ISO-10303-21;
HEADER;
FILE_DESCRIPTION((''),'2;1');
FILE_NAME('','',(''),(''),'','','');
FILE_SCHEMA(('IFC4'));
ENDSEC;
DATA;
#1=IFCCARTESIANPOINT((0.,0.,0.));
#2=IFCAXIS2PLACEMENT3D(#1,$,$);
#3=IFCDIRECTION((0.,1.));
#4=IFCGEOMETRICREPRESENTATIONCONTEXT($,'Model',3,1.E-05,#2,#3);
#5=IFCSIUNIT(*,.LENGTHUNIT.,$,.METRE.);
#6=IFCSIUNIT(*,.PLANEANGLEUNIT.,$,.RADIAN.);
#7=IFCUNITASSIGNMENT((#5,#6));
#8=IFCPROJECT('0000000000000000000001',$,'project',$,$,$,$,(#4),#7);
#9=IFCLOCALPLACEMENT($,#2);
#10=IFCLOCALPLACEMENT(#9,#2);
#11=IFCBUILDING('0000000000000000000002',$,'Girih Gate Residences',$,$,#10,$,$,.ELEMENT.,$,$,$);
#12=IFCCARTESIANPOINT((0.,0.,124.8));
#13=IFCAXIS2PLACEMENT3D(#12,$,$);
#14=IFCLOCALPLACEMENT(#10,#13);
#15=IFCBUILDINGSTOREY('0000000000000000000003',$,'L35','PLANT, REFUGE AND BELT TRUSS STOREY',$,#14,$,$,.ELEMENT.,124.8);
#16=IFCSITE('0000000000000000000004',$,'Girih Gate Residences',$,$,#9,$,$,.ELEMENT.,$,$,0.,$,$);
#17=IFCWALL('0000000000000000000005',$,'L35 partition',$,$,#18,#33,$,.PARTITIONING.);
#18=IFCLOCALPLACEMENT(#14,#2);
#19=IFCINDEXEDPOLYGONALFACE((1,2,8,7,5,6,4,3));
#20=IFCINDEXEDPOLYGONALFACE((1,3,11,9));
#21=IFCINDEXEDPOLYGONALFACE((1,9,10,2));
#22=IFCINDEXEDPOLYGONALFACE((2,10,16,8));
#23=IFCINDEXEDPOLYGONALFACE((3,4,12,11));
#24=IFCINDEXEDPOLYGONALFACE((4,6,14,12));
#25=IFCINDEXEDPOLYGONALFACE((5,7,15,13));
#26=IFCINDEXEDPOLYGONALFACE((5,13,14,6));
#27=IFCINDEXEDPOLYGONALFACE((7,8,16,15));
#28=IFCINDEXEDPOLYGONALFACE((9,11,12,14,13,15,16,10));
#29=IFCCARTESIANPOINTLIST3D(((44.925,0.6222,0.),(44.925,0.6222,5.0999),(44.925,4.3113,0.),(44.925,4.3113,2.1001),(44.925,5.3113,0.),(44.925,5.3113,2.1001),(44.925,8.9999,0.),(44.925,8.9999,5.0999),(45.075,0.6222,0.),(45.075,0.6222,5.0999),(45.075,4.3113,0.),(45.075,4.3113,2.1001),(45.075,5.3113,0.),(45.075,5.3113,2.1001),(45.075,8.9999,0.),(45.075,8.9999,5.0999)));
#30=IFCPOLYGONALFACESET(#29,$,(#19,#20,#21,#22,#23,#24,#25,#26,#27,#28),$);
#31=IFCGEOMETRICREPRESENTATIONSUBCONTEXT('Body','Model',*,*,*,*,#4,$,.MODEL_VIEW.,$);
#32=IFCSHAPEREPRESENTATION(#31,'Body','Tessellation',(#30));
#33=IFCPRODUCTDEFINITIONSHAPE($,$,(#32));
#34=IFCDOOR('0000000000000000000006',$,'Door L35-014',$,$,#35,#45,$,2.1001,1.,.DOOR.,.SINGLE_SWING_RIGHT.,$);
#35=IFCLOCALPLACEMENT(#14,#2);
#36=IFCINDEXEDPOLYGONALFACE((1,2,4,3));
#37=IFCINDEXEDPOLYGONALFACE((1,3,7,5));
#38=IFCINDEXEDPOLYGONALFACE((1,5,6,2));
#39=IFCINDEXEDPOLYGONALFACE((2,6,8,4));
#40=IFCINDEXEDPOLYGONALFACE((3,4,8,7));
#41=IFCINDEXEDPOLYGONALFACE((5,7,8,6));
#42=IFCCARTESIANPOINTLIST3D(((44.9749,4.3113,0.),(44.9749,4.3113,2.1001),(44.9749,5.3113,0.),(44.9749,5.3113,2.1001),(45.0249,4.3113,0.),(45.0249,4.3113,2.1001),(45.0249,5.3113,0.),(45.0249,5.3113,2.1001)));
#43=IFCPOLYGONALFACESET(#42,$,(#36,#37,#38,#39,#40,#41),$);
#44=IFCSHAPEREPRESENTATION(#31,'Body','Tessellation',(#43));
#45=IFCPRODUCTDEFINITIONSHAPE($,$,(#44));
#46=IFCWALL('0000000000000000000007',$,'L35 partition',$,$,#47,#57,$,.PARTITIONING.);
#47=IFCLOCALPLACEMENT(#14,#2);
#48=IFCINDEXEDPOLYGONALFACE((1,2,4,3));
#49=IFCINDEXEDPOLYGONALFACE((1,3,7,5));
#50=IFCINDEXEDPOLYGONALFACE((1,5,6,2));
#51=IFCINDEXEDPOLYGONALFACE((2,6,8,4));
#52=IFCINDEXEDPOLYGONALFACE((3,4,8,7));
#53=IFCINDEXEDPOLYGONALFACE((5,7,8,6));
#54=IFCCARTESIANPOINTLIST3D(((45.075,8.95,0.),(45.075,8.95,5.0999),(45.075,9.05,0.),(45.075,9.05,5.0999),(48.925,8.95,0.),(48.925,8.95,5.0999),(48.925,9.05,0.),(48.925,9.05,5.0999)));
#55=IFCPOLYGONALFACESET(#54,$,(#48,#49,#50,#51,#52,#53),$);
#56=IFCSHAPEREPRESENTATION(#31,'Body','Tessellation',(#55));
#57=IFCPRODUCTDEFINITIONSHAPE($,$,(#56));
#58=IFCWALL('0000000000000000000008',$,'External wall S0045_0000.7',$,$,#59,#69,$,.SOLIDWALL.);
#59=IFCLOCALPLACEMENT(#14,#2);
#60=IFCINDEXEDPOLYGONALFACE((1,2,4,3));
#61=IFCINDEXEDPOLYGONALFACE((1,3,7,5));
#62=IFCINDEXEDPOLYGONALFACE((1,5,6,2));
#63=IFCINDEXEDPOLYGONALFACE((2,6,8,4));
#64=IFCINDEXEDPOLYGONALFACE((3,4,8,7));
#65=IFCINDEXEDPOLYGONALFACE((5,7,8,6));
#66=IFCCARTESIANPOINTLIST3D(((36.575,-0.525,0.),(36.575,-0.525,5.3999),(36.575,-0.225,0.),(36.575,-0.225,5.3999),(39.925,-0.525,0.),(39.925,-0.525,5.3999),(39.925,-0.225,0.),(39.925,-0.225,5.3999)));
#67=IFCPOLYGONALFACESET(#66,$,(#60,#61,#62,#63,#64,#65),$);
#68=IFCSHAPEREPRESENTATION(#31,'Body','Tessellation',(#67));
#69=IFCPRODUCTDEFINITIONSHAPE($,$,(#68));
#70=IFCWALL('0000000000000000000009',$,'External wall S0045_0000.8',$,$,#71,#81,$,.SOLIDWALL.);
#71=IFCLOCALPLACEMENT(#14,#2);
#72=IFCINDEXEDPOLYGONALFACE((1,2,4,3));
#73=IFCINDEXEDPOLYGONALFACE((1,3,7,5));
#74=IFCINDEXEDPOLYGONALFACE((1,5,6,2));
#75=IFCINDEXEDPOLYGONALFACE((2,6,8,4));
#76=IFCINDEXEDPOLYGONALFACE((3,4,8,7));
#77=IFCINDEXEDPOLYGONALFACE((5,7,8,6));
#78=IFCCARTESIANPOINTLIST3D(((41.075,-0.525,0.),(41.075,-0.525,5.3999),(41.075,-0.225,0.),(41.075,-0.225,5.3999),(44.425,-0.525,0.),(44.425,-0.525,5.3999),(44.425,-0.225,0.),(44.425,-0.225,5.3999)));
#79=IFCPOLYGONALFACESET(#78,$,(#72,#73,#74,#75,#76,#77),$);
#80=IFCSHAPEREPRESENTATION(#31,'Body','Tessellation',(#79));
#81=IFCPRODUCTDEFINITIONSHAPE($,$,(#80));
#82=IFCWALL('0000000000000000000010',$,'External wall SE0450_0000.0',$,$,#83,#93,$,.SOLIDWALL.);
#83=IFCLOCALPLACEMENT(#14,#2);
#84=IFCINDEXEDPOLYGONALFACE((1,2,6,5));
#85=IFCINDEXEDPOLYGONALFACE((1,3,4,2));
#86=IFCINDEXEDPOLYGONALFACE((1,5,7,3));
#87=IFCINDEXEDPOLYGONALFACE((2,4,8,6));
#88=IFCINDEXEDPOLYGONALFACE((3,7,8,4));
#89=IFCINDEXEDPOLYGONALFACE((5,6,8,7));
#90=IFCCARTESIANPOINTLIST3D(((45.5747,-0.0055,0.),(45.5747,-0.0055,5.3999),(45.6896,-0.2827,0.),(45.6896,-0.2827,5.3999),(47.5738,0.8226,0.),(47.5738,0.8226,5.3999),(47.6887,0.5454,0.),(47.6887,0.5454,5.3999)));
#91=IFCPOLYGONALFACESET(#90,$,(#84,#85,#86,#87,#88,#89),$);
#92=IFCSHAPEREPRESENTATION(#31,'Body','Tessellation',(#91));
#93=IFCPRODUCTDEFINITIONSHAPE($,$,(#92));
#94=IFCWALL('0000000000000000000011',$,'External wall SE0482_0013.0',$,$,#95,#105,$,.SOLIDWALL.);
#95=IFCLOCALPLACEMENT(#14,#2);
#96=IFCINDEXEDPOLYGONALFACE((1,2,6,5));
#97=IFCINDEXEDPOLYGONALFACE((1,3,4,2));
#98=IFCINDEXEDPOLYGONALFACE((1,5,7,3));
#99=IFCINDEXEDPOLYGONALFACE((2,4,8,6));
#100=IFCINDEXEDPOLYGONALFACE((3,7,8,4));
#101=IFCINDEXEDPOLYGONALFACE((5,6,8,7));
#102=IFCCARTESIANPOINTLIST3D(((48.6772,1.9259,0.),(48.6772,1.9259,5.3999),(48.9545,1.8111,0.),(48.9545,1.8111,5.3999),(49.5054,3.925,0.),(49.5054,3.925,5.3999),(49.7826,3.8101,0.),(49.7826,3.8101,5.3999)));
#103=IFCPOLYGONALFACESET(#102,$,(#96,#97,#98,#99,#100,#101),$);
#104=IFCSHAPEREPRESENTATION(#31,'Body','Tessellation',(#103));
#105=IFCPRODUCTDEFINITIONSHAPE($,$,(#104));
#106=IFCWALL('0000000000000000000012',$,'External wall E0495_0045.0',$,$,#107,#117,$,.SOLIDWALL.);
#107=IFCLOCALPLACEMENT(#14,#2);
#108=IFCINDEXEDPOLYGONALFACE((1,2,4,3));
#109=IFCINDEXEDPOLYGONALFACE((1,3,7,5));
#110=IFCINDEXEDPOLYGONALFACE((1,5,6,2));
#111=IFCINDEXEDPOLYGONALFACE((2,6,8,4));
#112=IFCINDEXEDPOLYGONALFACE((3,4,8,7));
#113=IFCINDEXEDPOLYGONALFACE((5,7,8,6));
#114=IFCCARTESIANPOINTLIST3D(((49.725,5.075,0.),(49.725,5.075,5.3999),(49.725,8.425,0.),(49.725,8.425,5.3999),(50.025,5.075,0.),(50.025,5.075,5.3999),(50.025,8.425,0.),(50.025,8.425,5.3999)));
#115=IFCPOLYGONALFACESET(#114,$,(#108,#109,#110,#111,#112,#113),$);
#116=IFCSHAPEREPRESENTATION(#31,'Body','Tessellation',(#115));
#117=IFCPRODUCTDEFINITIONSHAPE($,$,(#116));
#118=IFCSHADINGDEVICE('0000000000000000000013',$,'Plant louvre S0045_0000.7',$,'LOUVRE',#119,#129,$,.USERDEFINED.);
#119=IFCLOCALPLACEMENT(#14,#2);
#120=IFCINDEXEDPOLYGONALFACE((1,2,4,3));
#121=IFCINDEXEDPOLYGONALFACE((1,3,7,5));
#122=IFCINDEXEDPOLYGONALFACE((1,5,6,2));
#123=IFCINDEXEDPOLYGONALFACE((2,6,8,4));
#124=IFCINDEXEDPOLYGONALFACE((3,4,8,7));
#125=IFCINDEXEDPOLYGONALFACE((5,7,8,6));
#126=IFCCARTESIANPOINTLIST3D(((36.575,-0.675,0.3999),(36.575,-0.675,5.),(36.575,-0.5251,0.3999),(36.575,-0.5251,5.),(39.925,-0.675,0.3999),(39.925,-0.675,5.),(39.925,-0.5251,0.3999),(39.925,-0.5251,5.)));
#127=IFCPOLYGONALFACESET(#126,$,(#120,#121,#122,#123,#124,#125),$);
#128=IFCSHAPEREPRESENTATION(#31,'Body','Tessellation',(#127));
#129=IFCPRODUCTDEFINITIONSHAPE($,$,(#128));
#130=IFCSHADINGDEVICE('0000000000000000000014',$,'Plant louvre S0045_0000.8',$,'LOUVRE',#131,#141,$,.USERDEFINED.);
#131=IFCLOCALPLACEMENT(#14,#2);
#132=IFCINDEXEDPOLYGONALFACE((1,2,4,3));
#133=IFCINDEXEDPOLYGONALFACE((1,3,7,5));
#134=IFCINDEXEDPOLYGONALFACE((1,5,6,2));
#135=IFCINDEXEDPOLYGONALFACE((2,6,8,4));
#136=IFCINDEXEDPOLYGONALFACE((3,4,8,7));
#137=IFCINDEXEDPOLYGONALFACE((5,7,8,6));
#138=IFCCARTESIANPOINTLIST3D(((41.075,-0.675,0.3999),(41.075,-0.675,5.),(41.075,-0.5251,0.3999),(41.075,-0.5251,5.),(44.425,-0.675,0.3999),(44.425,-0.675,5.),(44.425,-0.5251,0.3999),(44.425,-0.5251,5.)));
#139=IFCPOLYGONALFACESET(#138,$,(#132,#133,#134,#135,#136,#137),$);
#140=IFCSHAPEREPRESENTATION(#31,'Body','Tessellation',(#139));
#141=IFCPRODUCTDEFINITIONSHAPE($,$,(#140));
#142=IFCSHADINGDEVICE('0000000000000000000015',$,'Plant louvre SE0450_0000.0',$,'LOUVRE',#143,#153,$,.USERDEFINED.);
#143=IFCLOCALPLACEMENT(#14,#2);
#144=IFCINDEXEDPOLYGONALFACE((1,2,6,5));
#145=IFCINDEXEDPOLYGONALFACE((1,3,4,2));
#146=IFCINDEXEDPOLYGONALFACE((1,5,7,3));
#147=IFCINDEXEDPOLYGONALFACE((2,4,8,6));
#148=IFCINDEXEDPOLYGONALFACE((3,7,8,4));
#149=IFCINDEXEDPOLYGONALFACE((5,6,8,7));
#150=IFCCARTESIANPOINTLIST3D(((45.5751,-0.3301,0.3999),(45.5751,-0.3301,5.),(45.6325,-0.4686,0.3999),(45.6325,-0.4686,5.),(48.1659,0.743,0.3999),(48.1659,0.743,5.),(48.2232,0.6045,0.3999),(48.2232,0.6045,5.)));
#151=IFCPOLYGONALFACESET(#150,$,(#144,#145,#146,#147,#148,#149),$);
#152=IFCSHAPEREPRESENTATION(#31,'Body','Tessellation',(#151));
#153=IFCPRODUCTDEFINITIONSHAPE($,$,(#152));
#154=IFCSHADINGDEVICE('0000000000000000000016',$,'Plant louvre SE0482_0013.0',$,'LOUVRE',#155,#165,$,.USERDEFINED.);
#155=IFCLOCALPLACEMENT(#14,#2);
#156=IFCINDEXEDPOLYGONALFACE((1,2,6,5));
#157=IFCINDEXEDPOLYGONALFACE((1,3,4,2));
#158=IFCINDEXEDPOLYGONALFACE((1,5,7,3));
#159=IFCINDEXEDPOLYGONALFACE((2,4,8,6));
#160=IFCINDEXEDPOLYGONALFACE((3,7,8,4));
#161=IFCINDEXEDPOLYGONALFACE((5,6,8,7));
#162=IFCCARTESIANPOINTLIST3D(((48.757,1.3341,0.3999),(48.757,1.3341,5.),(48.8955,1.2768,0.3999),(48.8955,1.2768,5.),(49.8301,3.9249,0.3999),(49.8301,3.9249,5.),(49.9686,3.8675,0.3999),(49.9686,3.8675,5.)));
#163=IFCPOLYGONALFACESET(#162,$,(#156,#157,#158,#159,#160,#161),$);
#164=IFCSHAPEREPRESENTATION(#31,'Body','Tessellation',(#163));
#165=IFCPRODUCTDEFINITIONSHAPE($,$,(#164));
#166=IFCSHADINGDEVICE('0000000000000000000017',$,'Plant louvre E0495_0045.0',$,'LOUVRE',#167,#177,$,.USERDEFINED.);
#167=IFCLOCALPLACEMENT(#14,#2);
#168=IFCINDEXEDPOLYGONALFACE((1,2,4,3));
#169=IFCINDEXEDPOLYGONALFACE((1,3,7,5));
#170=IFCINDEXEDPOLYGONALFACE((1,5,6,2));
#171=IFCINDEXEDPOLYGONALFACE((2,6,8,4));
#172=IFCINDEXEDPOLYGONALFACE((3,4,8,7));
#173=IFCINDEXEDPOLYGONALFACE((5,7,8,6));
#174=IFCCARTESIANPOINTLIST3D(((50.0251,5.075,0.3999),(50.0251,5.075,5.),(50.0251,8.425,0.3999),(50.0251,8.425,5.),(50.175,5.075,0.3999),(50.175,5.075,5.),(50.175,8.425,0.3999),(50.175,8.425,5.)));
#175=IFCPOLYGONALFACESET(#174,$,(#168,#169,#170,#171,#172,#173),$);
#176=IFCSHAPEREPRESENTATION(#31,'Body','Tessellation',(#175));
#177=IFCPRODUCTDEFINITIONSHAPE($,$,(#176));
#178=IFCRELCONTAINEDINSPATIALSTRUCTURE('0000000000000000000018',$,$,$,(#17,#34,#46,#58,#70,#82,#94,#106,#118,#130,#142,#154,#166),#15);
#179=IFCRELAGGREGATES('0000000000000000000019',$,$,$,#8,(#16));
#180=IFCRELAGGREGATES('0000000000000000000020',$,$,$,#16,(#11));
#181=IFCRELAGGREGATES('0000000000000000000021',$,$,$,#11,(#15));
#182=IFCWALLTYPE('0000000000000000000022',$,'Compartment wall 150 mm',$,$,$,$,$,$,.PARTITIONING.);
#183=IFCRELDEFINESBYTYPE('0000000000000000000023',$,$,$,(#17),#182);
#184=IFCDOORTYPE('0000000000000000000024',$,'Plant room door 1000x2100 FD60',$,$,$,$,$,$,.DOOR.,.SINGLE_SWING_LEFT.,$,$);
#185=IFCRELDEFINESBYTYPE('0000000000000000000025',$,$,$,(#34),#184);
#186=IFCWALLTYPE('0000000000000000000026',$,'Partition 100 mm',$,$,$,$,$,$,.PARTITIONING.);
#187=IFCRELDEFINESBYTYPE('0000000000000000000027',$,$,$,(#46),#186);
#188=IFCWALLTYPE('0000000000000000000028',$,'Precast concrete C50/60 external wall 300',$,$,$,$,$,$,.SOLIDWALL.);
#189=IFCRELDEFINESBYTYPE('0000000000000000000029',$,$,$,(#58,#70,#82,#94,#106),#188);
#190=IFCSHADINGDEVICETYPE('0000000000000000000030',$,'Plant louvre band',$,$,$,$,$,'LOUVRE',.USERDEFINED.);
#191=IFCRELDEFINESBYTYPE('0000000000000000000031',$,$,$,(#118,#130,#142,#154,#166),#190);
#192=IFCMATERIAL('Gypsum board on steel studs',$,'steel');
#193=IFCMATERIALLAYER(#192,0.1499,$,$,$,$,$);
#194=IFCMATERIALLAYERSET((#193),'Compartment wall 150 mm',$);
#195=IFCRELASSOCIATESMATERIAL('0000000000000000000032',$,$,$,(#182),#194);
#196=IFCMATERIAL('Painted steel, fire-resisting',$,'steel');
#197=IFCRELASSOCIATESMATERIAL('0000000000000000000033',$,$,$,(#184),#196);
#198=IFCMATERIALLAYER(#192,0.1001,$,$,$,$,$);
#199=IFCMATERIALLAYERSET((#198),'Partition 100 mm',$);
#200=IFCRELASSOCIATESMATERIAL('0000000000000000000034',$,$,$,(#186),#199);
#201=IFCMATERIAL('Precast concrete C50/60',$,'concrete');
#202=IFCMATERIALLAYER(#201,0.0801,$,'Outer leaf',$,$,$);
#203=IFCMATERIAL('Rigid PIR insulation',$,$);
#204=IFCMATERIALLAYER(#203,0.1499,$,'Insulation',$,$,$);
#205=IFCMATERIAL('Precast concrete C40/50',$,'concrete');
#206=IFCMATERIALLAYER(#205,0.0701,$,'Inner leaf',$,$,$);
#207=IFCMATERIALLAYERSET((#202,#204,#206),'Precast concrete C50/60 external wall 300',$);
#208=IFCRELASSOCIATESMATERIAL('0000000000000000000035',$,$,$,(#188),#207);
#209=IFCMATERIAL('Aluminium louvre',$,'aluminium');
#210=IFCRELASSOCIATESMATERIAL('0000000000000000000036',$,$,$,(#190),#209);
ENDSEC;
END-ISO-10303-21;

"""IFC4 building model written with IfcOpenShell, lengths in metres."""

from ifc_helpers import new_model, si_unit, direction, frame, frame_2d, origin, origin_2d, place, context, subcontext, project, spatial, rectangle, extrude, material, layer, layer_set, type_object, element, fill, save


model = new_model("IFC4")

# Units and contexts
model_context = context("Model", 3, precision=1e-05, world=origin(), true_north=direction((0.0, 1.0)))
body_context = subcontext(model_context, "Body", "Model", "MODEL_VIEW")
ifc_project = project(units=[si_unit("LENGTHUNIT", "METRE"), si_unit("PLANEANGLEUNIT", "RADIAN")], contexts=[model_context])

# Site, building, storey
site_placement = place(None, origin())
site = spatial("IfcSite", under=ifc_project, at=site_placement, Name="Girih Gate Residences", CompositionType="ELEMENT", RefElevation=0.0)
building_placement = place(site_placement, origin())
building = spatial("IfcBuilding", under=site, at=building_placement, Name="Girih Gate Residences", CompositionType="ELEMENT")
storey_placement = place(building_placement, frame((0.0, 0.0, 124.8)))
storey = spatial("IfcBuildingStorey", under=building, at=storey_placement, Name="L35", Description="PLANT, REFUGE AND BELT TRUSS STOREY", CompositionType="ELEMENT", Elevation=124.8)

# Wall, opening, door
ifc_material_1 = material(Name="Gypsum board on steel studs", Category="steel")
ifc_layer_1 = layer(ifc_material_1, 0.1499)
ifc_layer_set_1 = layer_set([ifc_layer_1], Name="Compartment wall 150 mm")
wall_type_1 = type_object("IfcWallType", Name="Compartment wall 150 mm", PredefinedType="PARTITIONING", material=ifc_layer_set_1)
wall_1_placement = place(storey_placement, frame((45.0, 9.0, 0.0), z_axis=(0.0, 0.0, 1.0), x_axis=(0.0, -1.0, 0.0)))
wall_1 = element("IfcWall", 1, at=wall_1_placement, inside=storey, type_object=wall_type_1, Name="L35 partition", PredefinedType="PARTITIONING", context=body_context, shape_type="SweptSolid", body=[
    extrude(rectangle(XDim=8.3777, YDim=0.1499, at=frame_2d((4.189, 0.0))), origin(), (0.0, 0.0, 1.0), 5.0999),
])
opening_1_placement = place(wall_1_placement, frame((3.6887, 0.0, 0.0)))
opening_1 = element("IfcOpeningElement", 2, at=opening_1_placement, cuts=wall_1, PredefinedType="OPENING", context=body_context, shape_type="SweptSolid", body=[
    extrude(rectangle(XDim=1.0, YDim=2.1001, at=frame_2d((0.5, 1.05))), frame((0.0, 0.085, 0.0), z_axis=(0.0, -1.0, 0.0), x_axis=(1.0, 0.0, 0.0)), (0.0, 0.0, 1.0), 0.1699),
])
ifc_material_2 = material(Name="Painted steel, fire-resisting", Category="steel")
door_type_1 = type_object("IfcDoorType", Name="Plant room door 1000x2100 FD60", OperationType="SINGLE_SWING_LEFT", PredefinedType="DOOR", material=ifc_material_2)
door_1_placement = place(opening_1_placement, origin())
door_1 = element("IfcDoor", 3, at=door_1_placement, inside=storey, type_object=door_type_1, Name="Door L35-014", OperationType="SINGLE_SWING_RIGHT", OverallHeight=2.1001, OverallWidth=1.0, PredefinedType="DOOR", context=body_context, shape_type="SweptSolid", body=[
    extrude(rectangle(XDim=1.0, YDim=2.1001, at=frame_2d((0.5, 1.05))), frame((0.0, 0.0249, 0.0), z_axis=(0.0, -1.0, 0.0), x_axis=(1.0, 0.0, 0.0)), (0.0, 0.0, 1.0), 0.05),
])
fill(opening_1, door_1)

# Walls
ifc_layer_2 = layer(ifc_material_1, 0.1001)
ifc_layer_set_2 = layer_set([ifc_layer_2], Name="Partition 100 mm")
wall_type_2 = type_object("IfcWallType", Name="Partition 100 mm", PredefinedType="PARTITIONING", material=ifc_layer_set_2)
wall_2_placement = place(storey_placement, frame((45.075, 9.0, 0.0), z_axis=(0.0, 0.0, 1.0), x_axis=(1.0, 0.0, 0.0)))
element("IfcWall", 4, at=wall_2_placement, inside=storey, type_object=wall_type_2, Name="L35 partition", PredefinedType="PARTITIONING", context=body_context, shape_type="SweptSolid", body=[
    extrude(rectangle(XDim=3.8501, YDim=0.1001, at=frame_2d((1.925, 0.0))), origin(), (0.0, 0.0, 1.0), 5.0999),
])
ifc_material_3 = material(Name="Precast concrete C50/60", Category="concrete")
ifc_layer_3 = layer(ifc_material_3, 0.0801, Name="Outer leaf")
ifc_material_4 = material(Name="Rigid PIR insulation")
ifc_layer_4 = layer(ifc_material_4, 0.1499, Name="Insulation")
ifc_material_5 = material(Name="Precast concrete C40/50", Category="concrete")
ifc_layer_5 = layer(ifc_material_5, 0.0701, Name="Inner leaf")
ifc_layer_set_3 = layer_set([ifc_layer_3, ifc_layer_4, ifc_layer_5], Name="Precast concrete C50/60 external wall 300")
wall_type_3 = type_object("IfcWallType", Name="Precast concrete C50/60 external wall 300", PredefinedType="SOLIDWALL", material=ifc_layer_set_3)
for number, where, z_axis, x_axis, name in (
    (5, (39.925, -0.375, 0.0), (0.0, 0.0, 1.0), (-1.0, 0.0, 0.0), "External wall S0045_0000.7"),
    (6, (44.425, -0.375, 0.0), (0.0, 0.0, 1.0), (-1.0, 0.0, 0.0), "External wall S0045_0000.8"),
):
    element("IfcWall", number, at=place(storey_placement, frame(where, z_axis=z_axis, x_axis=x_axis)), inside=storey, type_object=wall_type_3, Name=name, PredefinedType="SOLIDWALL", context=body_context, shape_type="SweptSolid", body=[
        extrude(rectangle(XDim=3.3501, YDim=0.3, at=frame_2d((1.675, 0.0))), origin(), (0.0, 0.0, 1.0), 5.3999),
    ])
for number, where, z_axis, x_axis, name in (
    (7, (47.6313, 0.6841, 0.0), (0.0, 0.0, 1.0), (-0.923863, -0.382724, 0.0), "External wall SE0450_0000.0"),
    (8, (49.644, 3.8677, 0.0), (0.0, 0.0, 1.0), (-0.382724, -0.923863, 0.0), "External wall SE0482_0013.0"),
):
    element("IfcWall", number, at=place(storey_placement, frame(where, z_axis=z_axis, x_axis=x_axis)), inside=storey, type_object=wall_type_3, Name=name, PredefinedType="SOLIDWALL", context=body_context, shape_type="SweptSolid", body=[
        extrude(rectangle(XDim=2.1638, YDim=0.3, at=frame_2d((1.082, 0.0))), origin(), (0.0, 0.0, 1.0), 5.3999),
    ])
wall_3_placement = place(storey_placement, frame((49.875, 8.425, 0.0), z_axis=(0.0, 0.0, 1.0), x_axis=(0.0, -1.0, 0.0)))
element("IfcWall", 9, at=wall_3_placement, inside=storey, type_object=wall_type_3, Name="External wall E0495_0045.0", PredefinedType="SOLIDWALL", context=body_context, shape_type="SweptSolid", body=[
    extrude(rectangle(XDim=3.3501, YDim=0.3, at=frame_2d((1.675, 0.0))), origin(), (0.0, 0.0, 1.0), 5.3999),
])

# Shading devices
ifc_material_6 = material(Name="Aluminium louvre", Category="aluminium")
shading_device_type = type_object("IfcShadingDeviceType", Name="Plant louvre band", ElementType="LOUVRE", PredefinedType="USERDEFINED", material=ifc_material_6)
for number, where, z_axis, x_axis, name in (
    (10, (38.25, -0.6001, 0.3999), (0.0, 0.0, 1.0), (1.0, 0.0, 0.0), "Plant louvre S0045_0000.7"),
    (11, (42.75, -0.6001, 0.3999), (0.0, 0.0, 1.0), (1.0, 0.0, 0.0), "Plant louvre S0045_0000.8"),
):
    element("IfcShadingDevice", number, at=place(storey_placement, frame(where, z_axis=z_axis, x_axis=x_axis)), inside=storey, type_object=shading_device_type, Name=name, ObjectType="LOUVRE", PredefinedType="USERDEFINED", context=body_context, shape_type="SweptSolid", body=[
        extrude(rectangle(XDim=3.3501, YDim=0.1499, at=origin_2d()), origin(), (0.0, 0.0, 1.0), 4.6001),
    ])
for number, where, z_axis, x_axis, name in (
    (12, (46.8992, 0.1372, 0.3999), (0.0, 0.0, 1.0), (0.92388, 0.382683, 0.0), "Plant louvre SE0450_0000.0"),
    (13, (49.3628, 2.6008, 0.3999), (0.0, 0.0, 1.0), (0.382683, 0.92388, 0.0), "Plant louvre SE0482_0013.0"),
):
    element("IfcShadingDevice", number, at=place(storey_placement, frame(where, z_axis=z_axis, x_axis=x_axis)), inside=storey, type_object=shading_device_type, Name=name, ObjectType="LOUVRE", PredefinedType="USERDEFINED", context=body_context, shape_type="SweptSolid", body=[
        extrude(rectangle(XDim=2.8042, YDim=0.1499, at=origin_2d()), origin(), (0.0, 0.0, 1.0), 4.6001),
    ])
shading_device_placement = place(storey_placement, frame((50.1001, 6.75, 0.3999), z_axis=(0.0, 0.0, 1.0), x_axis=(0.0, 1.0, 0.0)))
element("IfcShadingDevice", 14, at=shading_device_placement, inside=storey, type_object=shading_device_type, Name="Plant louvre E0495_0045.0", ObjectType="LOUVRE", PredefinedType="USERDEFINED", context=body_context, shape_type="SweptSolid", body=[
    extrude(rectangle(XDim=3.3501, YDim=0.1499, at=origin_2d()), origin(), (0.0, 0.0, 1.0), 4.6001),
])

save(model, "model.ifc")
